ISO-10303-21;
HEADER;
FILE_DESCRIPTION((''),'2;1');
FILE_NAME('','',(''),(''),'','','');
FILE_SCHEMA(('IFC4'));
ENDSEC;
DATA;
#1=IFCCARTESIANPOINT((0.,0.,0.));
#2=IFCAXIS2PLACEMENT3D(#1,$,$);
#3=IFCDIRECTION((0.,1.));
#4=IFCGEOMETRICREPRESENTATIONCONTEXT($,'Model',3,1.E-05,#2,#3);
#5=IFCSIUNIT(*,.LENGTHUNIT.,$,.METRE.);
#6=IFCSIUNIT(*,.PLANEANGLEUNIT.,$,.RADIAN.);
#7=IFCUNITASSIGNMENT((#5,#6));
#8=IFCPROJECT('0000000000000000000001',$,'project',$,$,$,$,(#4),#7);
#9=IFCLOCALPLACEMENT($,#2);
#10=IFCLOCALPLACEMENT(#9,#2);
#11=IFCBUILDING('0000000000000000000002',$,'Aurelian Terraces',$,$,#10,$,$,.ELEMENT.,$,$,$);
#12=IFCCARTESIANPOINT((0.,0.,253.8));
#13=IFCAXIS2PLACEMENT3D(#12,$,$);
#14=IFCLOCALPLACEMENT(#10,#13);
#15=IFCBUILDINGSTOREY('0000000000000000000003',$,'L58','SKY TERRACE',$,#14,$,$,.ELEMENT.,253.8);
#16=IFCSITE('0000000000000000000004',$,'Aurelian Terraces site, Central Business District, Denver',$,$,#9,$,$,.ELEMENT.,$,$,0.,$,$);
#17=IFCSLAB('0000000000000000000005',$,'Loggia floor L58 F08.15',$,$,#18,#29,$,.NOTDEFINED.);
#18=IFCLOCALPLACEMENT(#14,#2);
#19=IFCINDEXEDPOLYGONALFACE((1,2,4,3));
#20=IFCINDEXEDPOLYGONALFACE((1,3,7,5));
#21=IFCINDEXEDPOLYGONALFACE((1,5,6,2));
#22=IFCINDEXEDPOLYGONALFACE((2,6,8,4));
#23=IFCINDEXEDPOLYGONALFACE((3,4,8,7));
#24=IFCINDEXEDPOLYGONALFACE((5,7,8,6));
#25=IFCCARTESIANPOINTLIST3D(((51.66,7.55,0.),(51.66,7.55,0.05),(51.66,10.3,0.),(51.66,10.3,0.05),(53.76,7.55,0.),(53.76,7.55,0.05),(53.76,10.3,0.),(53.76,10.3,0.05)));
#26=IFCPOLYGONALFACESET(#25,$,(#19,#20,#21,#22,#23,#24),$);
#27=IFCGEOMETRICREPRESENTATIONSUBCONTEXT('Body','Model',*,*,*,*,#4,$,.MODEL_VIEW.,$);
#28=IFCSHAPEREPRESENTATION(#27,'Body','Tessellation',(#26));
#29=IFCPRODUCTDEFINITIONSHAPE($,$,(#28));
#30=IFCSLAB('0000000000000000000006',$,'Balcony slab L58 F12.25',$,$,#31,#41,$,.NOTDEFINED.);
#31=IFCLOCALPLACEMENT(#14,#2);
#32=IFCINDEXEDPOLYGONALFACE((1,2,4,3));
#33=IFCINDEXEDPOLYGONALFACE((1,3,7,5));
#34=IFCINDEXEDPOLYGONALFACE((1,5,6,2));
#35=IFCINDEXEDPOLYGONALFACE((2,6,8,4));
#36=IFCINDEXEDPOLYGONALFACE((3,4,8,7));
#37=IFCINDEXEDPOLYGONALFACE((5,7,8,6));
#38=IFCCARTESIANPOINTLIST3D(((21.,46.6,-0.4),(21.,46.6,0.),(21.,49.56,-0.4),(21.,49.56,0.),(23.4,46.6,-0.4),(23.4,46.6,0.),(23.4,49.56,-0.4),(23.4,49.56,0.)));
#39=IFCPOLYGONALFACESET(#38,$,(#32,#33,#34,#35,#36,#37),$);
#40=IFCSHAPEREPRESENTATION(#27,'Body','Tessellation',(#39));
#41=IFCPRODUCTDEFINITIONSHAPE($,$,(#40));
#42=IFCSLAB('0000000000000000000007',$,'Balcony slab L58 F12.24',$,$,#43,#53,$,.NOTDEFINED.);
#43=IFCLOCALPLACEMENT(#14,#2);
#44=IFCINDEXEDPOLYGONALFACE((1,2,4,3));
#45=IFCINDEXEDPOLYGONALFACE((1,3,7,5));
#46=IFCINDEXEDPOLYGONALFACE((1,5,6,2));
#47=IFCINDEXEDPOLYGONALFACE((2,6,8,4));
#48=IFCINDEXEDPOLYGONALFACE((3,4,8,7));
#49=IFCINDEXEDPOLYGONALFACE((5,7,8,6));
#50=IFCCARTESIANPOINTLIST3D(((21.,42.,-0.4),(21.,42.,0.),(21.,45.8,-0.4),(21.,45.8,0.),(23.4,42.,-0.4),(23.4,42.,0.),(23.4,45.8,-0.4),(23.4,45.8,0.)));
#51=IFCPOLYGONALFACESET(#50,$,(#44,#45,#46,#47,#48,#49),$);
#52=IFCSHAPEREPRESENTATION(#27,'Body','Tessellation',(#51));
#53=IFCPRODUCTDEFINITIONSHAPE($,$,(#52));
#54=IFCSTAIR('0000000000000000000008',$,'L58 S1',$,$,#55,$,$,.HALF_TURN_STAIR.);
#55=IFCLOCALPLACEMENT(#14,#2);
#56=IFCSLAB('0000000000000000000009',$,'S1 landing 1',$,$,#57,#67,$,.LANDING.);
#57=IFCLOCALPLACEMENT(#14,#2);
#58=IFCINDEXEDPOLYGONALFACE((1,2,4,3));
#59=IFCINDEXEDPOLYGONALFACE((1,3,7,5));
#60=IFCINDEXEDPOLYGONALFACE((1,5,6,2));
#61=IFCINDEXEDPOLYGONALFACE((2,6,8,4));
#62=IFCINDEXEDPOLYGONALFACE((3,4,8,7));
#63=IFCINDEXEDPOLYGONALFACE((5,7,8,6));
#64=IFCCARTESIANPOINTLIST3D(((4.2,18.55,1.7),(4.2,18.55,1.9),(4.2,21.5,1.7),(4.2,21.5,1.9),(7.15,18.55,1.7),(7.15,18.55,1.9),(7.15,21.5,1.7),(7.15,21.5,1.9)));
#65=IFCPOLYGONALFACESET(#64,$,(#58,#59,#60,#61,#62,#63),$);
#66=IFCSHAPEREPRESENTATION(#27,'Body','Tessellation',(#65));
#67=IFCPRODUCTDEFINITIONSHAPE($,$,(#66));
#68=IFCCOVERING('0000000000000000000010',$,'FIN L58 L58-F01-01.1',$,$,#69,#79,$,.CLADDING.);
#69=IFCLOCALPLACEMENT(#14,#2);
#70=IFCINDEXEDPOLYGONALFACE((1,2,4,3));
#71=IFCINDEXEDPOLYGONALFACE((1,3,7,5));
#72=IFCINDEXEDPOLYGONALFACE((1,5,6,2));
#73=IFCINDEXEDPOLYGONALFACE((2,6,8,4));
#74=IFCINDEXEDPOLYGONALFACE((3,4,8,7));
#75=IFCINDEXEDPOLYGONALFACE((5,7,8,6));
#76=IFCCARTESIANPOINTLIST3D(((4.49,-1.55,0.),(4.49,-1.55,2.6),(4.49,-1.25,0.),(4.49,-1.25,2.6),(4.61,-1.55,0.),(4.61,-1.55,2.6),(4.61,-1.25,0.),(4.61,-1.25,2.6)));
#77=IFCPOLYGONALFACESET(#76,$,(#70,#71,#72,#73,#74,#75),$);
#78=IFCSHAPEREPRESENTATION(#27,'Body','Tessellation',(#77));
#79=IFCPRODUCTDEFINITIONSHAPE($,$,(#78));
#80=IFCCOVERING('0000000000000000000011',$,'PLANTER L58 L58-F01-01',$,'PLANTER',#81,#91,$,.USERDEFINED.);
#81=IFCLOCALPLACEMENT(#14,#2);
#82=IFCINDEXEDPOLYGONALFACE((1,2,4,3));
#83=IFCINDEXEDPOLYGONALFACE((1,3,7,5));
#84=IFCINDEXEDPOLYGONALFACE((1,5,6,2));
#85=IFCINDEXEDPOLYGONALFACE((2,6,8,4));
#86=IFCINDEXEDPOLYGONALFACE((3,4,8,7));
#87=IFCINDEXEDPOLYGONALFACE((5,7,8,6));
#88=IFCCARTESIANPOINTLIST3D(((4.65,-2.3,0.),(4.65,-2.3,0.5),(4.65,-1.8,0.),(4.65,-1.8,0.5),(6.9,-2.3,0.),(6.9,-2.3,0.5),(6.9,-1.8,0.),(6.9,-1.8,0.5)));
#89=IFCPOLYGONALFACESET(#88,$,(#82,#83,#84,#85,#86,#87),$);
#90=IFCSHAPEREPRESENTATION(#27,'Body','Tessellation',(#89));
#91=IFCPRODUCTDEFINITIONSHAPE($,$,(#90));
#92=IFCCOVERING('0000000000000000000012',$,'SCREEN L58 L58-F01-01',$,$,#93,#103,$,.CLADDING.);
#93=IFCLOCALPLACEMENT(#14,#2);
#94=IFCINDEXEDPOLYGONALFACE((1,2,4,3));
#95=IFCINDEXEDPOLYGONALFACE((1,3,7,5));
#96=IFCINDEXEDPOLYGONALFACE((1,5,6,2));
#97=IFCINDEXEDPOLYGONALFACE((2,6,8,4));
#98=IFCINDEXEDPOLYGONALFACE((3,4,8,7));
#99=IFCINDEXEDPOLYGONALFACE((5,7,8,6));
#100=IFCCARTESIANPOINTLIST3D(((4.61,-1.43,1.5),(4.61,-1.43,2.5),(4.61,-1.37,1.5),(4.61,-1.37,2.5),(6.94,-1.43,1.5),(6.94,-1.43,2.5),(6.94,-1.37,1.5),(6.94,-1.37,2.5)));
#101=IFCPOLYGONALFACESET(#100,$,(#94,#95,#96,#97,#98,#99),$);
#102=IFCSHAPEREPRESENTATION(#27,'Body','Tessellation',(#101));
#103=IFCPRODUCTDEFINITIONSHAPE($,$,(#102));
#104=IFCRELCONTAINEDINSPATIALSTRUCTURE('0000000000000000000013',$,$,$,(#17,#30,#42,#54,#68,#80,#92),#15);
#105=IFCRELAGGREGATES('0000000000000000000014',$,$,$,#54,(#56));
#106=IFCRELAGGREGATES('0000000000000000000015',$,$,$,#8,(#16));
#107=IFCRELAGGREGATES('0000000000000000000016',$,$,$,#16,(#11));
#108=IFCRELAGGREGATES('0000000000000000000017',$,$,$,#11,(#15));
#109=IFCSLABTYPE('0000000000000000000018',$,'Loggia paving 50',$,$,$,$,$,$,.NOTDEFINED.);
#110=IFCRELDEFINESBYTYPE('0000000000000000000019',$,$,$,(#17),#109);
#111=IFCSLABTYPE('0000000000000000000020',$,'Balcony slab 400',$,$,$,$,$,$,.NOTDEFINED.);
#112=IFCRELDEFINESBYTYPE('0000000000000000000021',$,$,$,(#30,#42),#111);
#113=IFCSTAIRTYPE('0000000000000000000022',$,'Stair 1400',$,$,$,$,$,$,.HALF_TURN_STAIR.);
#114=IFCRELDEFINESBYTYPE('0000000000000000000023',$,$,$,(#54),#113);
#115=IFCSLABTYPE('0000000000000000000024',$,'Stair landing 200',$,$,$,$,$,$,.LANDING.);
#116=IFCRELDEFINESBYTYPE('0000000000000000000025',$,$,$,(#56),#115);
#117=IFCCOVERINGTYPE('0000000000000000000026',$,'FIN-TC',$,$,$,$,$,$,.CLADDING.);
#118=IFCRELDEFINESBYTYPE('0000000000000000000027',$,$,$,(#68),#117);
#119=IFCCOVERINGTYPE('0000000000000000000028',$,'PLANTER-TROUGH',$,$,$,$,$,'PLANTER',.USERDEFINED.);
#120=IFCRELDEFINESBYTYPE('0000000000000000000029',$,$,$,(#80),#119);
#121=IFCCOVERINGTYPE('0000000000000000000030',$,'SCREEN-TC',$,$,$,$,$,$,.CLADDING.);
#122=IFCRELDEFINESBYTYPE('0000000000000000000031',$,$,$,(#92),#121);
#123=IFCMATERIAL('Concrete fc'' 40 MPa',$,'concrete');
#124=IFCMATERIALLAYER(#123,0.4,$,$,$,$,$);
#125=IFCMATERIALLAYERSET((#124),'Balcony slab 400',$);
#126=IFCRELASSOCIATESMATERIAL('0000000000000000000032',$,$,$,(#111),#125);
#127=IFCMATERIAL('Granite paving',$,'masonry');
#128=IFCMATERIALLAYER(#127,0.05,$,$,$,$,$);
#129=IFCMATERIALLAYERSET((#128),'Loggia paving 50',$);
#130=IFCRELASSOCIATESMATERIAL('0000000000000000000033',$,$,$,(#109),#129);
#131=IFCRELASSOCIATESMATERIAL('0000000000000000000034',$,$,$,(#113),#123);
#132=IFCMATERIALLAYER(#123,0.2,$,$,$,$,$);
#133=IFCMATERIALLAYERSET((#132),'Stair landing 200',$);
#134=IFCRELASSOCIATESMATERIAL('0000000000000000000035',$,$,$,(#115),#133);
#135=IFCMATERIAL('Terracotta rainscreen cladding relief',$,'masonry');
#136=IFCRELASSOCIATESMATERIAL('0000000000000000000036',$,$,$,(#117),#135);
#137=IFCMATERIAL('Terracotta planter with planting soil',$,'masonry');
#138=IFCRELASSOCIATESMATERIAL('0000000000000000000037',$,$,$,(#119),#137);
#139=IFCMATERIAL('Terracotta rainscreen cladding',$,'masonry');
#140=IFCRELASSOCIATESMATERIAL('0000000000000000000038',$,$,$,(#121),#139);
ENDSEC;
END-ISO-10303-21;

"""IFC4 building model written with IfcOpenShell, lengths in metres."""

from ifc_helpers import new_model, si_unit, direction, frame, origin, origin_2d, place, context, subcontext, project, spatial, polyline, rectangle, outline, extrude, source, transform, mapped, material, layer, layer_set, type_object, element, aggregate, save


model = new_model("IFC4")

# Units and contexts
model_context = context("Model", 3, precision=1e-05, world=origin(), true_north=direction((0.0, 1.0)))
body_context = subcontext(model_context, "Body", "Model", "MODEL_VIEW")
ifc_project = project(units=[si_unit("LENGTHUNIT", "METRE"), si_unit("PLANEANGLEUNIT", "RADIAN")], contexts=[model_context])

# Site, building, storey
site_placement = place(None, origin())
site = spatial("IfcSite", under=ifc_project, at=site_placement, Name="Aurelian Terraces site, Central Business District, Denver", CompositionType="ELEMENT", RefElevation=0.0)
building_placement = place(site_placement, origin())
building = spatial("IfcBuilding", under=site, at=building_placement, Name="Aurelian Terraces", CompositionType="ELEMENT")
storey_placement = place(building_placement, frame((0.0, 0.0, 253.8)))
storey = spatial("IfcBuildingStorey", under=building, at=storey_placement, Name="L58", Description="SKY TERRACE", CompositionType="ELEMENT", Elevation=253.8)

# Slabs
ifc_material_1 = material(Name="Concrete fc' 40 MPa", Category="concrete")
ifc_layer_1 = layer(ifc_material_1, 0.4)
ifc_layer_set_1 = layer_set([ifc_layer_1], Name="Balcony slab 400")
slab_type_1 = type_object("IfcSlabType", Name="Balcony slab 400", PredefinedType="NOTDEFINED", material=ifc_layer_set_1)
ifc_material_2 = material(Name="Granite paving", Category="masonry")
ifc_layer_2 = layer(ifc_material_2, 0.05)
ifc_layer_set_2 = layer_set([ifc_layer_2], Name="Loggia paving 50")
slab_type_2 = type_object("IfcSlabType", Name="Loggia paving 50", PredefinedType="NOTDEFINED", material=ifc_layer_set_2)
shared_shape_1 = source(origin(), body_context, "Body", "SweptSolid", [
    extrude(outline(polyline([(53.76, 7.55), (53.76, 10.3), (51.66, 10.3), (51.66, 7.55), (53.76, 7.55)])), origin(), (0.0, 0.0, 1.0), 0.05),
])
slab_1_placement = place(storey_placement, origin())
element("IfcSlab", 1, at=slab_1_placement, inside=storey, type_object=slab_type_2, Name="Loggia floor L58 F08.15", PredefinedType="NOTDEFINED", context=body_context, shape_type="MappedRepresentation", body=[
    mapped(shared_shape_1, transform((0.0, 0.0, 0.0), scale=1.0)),
])
shared_shape_2 = source(origin(), body_context, "Body", "SweptSolid", [
    extrude(outline(polyline([(21.0, 46.6), (21.0, 49.56), (23.4, 49.56), (23.4, 46.6), (21.0, 46.6)])), origin(), (0.0, 0.0, 1.0), 0.4),
])
slab_2_placement = place(storey_placement, frame((0.0, 0.0, -0.4)))
element("IfcSlab", 2, at=slab_2_placement, inside=storey, type_object=slab_type_1, Name="Balcony slab L58 F12.25", PredefinedType="NOTDEFINED", context=body_context, shape_type="MappedRepresentation", body=[
    mapped(shared_shape_2, transform((0.0, 0.0, 0.0), scale=1.0)),
])
shared_shape_3 = source(origin(), body_context, "Body", "SweptSolid", [
    extrude(outline(polyline([(21.0, 42.0), (21.0, 45.8), (23.4, 45.8), (23.4, 42.0), (21.0, 42.0)])), origin(), (0.0, 0.0, 1.0), 0.4),
])
slab_3_placement = place(storey_placement, frame((0.0, 0.0, -0.4)))
element("IfcSlab", 3, at=slab_3_placement, inside=storey, type_object=slab_type_1, Name="Balcony slab L58 F12.24", PredefinedType="NOTDEFINED", context=body_context, shape_type="MappedRepresentation", body=[
    mapped(shared_shape_3, transform((0.0, 0.0, 0.0), scale=1.0)),
])

# Stair, slab
stair_type = type_object("IfcStairType", Name="Stair 1400", PredefinedType="HALF_TURN_STAIR", material=ifc_material_1)
stair_placement = place(storey_placement, origin())
stair = element("IfcStair", 4, at=stair_placement, inside=storey, type_object=stair_type, Name="L58 S1", PredefinedType="HALF_TURN_STAIR")
ifc_layer_3 = layer(ifc_material_1, 0.2)
ifc_layer_set_3 = layer_set([ifc_layer_3], Name="Stair landing 200")
slab_type_3 = type_object("IfcSlabType", Name="Stair landing 200", PredefinedType="LANDING", material=ifc_layer_set_3)
shared_shape_4 = source(origin(), body_context, "Body", "SweptSolid", [
    extrude(outline(polyline([(7.15, 18.55), (7.15, 21.5), (4.2, 21.5), (4.2, 18.55), (7.15, 18.55)])), origin(), (0.0, 0.0, 1.0), 0.2),
])
slab_4_placement = place(storey_placement, frame((0.0, 0.0, 1.7)))
slab_4 = element("IfcSlab", 5, at=slab_4_placement, type_object=slab_type_3, Name="S1 landing 1", PredefinedType="LANDING", context=body_context, shape_type="MappedRepresentation", body=[
    mapped(shared_shape_4, transform((0.0, 0.0, 0.0), scale=1.0)),
])
aggregate(stair, [slab_4])

# Covering
ifc_material_3 = material(Name="Terracotta rainscreen cladding relief", Category="masonry")
covering_type_1 = type_object("IfcCoveringType", Name="FIN-TC", PredefinedType="CLADDING", material=ifc_material_3)
shared_shape_5 = source(origin(), body_context, "Body", "SweptSolid", [
    extrude(rectangle(XDim=0.12, YDim=0.3, at=origin_2d()), origin(), (0.0, 0.0, 1.0), 2.6),
])
covering_1_placement = place(storey_placement, frame((4.55, -1.4, 0.0), z_axis=(0.0, 0.0, 1.0), x_axis=(1.0, 0.0, 0.0)))
element("IfcCovering", 6, at=covering_1_placement, inside=storey, type_object=covering_type_1, Name="FIN L58 L58-F01-01.1", PredefinedType="CLADDING", context=body_context, shape_type="MappedRepresentation", body=[
    mapped(shared_shape_5, transform((0.0, 0.0, 0.0), scale=1.0)),
])

# Coverings
ifc_material_4 = material(Name="Terracotta planter with planting soil", Category="masonry")
covering_type_2 = type_object("IfcCoveringType", Name="PLANTER-TROUGH", ElementType="PLANTER", PredefinedType="USERDEFINED", material=ifc_material_4)
shared_shape_6 = source(origin(), body_context, "Body", "SweptSolid", [
    extrude(rectangle(XDim=2.25, YDim=0.5, at=origin_2d()), origin(), (0.0, 0.0, 1.0), 0.5),
])
covering_2_placement = place(storey_placement, frame((5.775, -2.05, 0.0), z_axis=(0.0, 0.0, 1.0), x_axis=(1.0, 0.0, 0.0)))
element("IfcCovering", 7, at=covering_2_placement, inside=storey, type_object=covering_type_2, Name="PLANTER L58 L58-F01-01", ObjectType="PLANTER", PredefinedType="USERDEFINED", context=body_context, shape_type="MappedRepresentation", body=[
    mapped(shared_shape_6, transform((0.0, 0.0, 0.0), scale=1.0)),
])
ifc_material_5 = material(Name="Terracotta rainscreen cladding", Category="masonry")
covering_type_3 = type_object("IfcCoveringType", Name="SCREEN-TC", PredefinedType="CLADDING", material=ifc_material_5)
shared_shape_7 = source(origin(), body_context, "Body", "SweptSolid", [
    extrude(rectangle(XDim=2.33, YDim=0.06, at=origin_2d()), origin(), (0.0, 0.0, 1.0), 1.0),
])
covering_3_placement = place(storey_placement, frame((5.775, -1.4, 1.5), z_axis=(0.0, 0.0, 1.0), x_axis=(1.0, 0.0, 0.0)))
element("IfcCovering", 8, at=covering_3_placement, inside=storey, type_object=covering_type_3, Name="SCREEN L58 L58-F01-01", PredefinedType="CLADDING", context=body_context, shape_type="MappedRepresentation", body=[
    mapped(shared_shape_7, transform((0.0, 0.0, 0.0), scale=1.0)),
])

save(model, "model.ifc")
